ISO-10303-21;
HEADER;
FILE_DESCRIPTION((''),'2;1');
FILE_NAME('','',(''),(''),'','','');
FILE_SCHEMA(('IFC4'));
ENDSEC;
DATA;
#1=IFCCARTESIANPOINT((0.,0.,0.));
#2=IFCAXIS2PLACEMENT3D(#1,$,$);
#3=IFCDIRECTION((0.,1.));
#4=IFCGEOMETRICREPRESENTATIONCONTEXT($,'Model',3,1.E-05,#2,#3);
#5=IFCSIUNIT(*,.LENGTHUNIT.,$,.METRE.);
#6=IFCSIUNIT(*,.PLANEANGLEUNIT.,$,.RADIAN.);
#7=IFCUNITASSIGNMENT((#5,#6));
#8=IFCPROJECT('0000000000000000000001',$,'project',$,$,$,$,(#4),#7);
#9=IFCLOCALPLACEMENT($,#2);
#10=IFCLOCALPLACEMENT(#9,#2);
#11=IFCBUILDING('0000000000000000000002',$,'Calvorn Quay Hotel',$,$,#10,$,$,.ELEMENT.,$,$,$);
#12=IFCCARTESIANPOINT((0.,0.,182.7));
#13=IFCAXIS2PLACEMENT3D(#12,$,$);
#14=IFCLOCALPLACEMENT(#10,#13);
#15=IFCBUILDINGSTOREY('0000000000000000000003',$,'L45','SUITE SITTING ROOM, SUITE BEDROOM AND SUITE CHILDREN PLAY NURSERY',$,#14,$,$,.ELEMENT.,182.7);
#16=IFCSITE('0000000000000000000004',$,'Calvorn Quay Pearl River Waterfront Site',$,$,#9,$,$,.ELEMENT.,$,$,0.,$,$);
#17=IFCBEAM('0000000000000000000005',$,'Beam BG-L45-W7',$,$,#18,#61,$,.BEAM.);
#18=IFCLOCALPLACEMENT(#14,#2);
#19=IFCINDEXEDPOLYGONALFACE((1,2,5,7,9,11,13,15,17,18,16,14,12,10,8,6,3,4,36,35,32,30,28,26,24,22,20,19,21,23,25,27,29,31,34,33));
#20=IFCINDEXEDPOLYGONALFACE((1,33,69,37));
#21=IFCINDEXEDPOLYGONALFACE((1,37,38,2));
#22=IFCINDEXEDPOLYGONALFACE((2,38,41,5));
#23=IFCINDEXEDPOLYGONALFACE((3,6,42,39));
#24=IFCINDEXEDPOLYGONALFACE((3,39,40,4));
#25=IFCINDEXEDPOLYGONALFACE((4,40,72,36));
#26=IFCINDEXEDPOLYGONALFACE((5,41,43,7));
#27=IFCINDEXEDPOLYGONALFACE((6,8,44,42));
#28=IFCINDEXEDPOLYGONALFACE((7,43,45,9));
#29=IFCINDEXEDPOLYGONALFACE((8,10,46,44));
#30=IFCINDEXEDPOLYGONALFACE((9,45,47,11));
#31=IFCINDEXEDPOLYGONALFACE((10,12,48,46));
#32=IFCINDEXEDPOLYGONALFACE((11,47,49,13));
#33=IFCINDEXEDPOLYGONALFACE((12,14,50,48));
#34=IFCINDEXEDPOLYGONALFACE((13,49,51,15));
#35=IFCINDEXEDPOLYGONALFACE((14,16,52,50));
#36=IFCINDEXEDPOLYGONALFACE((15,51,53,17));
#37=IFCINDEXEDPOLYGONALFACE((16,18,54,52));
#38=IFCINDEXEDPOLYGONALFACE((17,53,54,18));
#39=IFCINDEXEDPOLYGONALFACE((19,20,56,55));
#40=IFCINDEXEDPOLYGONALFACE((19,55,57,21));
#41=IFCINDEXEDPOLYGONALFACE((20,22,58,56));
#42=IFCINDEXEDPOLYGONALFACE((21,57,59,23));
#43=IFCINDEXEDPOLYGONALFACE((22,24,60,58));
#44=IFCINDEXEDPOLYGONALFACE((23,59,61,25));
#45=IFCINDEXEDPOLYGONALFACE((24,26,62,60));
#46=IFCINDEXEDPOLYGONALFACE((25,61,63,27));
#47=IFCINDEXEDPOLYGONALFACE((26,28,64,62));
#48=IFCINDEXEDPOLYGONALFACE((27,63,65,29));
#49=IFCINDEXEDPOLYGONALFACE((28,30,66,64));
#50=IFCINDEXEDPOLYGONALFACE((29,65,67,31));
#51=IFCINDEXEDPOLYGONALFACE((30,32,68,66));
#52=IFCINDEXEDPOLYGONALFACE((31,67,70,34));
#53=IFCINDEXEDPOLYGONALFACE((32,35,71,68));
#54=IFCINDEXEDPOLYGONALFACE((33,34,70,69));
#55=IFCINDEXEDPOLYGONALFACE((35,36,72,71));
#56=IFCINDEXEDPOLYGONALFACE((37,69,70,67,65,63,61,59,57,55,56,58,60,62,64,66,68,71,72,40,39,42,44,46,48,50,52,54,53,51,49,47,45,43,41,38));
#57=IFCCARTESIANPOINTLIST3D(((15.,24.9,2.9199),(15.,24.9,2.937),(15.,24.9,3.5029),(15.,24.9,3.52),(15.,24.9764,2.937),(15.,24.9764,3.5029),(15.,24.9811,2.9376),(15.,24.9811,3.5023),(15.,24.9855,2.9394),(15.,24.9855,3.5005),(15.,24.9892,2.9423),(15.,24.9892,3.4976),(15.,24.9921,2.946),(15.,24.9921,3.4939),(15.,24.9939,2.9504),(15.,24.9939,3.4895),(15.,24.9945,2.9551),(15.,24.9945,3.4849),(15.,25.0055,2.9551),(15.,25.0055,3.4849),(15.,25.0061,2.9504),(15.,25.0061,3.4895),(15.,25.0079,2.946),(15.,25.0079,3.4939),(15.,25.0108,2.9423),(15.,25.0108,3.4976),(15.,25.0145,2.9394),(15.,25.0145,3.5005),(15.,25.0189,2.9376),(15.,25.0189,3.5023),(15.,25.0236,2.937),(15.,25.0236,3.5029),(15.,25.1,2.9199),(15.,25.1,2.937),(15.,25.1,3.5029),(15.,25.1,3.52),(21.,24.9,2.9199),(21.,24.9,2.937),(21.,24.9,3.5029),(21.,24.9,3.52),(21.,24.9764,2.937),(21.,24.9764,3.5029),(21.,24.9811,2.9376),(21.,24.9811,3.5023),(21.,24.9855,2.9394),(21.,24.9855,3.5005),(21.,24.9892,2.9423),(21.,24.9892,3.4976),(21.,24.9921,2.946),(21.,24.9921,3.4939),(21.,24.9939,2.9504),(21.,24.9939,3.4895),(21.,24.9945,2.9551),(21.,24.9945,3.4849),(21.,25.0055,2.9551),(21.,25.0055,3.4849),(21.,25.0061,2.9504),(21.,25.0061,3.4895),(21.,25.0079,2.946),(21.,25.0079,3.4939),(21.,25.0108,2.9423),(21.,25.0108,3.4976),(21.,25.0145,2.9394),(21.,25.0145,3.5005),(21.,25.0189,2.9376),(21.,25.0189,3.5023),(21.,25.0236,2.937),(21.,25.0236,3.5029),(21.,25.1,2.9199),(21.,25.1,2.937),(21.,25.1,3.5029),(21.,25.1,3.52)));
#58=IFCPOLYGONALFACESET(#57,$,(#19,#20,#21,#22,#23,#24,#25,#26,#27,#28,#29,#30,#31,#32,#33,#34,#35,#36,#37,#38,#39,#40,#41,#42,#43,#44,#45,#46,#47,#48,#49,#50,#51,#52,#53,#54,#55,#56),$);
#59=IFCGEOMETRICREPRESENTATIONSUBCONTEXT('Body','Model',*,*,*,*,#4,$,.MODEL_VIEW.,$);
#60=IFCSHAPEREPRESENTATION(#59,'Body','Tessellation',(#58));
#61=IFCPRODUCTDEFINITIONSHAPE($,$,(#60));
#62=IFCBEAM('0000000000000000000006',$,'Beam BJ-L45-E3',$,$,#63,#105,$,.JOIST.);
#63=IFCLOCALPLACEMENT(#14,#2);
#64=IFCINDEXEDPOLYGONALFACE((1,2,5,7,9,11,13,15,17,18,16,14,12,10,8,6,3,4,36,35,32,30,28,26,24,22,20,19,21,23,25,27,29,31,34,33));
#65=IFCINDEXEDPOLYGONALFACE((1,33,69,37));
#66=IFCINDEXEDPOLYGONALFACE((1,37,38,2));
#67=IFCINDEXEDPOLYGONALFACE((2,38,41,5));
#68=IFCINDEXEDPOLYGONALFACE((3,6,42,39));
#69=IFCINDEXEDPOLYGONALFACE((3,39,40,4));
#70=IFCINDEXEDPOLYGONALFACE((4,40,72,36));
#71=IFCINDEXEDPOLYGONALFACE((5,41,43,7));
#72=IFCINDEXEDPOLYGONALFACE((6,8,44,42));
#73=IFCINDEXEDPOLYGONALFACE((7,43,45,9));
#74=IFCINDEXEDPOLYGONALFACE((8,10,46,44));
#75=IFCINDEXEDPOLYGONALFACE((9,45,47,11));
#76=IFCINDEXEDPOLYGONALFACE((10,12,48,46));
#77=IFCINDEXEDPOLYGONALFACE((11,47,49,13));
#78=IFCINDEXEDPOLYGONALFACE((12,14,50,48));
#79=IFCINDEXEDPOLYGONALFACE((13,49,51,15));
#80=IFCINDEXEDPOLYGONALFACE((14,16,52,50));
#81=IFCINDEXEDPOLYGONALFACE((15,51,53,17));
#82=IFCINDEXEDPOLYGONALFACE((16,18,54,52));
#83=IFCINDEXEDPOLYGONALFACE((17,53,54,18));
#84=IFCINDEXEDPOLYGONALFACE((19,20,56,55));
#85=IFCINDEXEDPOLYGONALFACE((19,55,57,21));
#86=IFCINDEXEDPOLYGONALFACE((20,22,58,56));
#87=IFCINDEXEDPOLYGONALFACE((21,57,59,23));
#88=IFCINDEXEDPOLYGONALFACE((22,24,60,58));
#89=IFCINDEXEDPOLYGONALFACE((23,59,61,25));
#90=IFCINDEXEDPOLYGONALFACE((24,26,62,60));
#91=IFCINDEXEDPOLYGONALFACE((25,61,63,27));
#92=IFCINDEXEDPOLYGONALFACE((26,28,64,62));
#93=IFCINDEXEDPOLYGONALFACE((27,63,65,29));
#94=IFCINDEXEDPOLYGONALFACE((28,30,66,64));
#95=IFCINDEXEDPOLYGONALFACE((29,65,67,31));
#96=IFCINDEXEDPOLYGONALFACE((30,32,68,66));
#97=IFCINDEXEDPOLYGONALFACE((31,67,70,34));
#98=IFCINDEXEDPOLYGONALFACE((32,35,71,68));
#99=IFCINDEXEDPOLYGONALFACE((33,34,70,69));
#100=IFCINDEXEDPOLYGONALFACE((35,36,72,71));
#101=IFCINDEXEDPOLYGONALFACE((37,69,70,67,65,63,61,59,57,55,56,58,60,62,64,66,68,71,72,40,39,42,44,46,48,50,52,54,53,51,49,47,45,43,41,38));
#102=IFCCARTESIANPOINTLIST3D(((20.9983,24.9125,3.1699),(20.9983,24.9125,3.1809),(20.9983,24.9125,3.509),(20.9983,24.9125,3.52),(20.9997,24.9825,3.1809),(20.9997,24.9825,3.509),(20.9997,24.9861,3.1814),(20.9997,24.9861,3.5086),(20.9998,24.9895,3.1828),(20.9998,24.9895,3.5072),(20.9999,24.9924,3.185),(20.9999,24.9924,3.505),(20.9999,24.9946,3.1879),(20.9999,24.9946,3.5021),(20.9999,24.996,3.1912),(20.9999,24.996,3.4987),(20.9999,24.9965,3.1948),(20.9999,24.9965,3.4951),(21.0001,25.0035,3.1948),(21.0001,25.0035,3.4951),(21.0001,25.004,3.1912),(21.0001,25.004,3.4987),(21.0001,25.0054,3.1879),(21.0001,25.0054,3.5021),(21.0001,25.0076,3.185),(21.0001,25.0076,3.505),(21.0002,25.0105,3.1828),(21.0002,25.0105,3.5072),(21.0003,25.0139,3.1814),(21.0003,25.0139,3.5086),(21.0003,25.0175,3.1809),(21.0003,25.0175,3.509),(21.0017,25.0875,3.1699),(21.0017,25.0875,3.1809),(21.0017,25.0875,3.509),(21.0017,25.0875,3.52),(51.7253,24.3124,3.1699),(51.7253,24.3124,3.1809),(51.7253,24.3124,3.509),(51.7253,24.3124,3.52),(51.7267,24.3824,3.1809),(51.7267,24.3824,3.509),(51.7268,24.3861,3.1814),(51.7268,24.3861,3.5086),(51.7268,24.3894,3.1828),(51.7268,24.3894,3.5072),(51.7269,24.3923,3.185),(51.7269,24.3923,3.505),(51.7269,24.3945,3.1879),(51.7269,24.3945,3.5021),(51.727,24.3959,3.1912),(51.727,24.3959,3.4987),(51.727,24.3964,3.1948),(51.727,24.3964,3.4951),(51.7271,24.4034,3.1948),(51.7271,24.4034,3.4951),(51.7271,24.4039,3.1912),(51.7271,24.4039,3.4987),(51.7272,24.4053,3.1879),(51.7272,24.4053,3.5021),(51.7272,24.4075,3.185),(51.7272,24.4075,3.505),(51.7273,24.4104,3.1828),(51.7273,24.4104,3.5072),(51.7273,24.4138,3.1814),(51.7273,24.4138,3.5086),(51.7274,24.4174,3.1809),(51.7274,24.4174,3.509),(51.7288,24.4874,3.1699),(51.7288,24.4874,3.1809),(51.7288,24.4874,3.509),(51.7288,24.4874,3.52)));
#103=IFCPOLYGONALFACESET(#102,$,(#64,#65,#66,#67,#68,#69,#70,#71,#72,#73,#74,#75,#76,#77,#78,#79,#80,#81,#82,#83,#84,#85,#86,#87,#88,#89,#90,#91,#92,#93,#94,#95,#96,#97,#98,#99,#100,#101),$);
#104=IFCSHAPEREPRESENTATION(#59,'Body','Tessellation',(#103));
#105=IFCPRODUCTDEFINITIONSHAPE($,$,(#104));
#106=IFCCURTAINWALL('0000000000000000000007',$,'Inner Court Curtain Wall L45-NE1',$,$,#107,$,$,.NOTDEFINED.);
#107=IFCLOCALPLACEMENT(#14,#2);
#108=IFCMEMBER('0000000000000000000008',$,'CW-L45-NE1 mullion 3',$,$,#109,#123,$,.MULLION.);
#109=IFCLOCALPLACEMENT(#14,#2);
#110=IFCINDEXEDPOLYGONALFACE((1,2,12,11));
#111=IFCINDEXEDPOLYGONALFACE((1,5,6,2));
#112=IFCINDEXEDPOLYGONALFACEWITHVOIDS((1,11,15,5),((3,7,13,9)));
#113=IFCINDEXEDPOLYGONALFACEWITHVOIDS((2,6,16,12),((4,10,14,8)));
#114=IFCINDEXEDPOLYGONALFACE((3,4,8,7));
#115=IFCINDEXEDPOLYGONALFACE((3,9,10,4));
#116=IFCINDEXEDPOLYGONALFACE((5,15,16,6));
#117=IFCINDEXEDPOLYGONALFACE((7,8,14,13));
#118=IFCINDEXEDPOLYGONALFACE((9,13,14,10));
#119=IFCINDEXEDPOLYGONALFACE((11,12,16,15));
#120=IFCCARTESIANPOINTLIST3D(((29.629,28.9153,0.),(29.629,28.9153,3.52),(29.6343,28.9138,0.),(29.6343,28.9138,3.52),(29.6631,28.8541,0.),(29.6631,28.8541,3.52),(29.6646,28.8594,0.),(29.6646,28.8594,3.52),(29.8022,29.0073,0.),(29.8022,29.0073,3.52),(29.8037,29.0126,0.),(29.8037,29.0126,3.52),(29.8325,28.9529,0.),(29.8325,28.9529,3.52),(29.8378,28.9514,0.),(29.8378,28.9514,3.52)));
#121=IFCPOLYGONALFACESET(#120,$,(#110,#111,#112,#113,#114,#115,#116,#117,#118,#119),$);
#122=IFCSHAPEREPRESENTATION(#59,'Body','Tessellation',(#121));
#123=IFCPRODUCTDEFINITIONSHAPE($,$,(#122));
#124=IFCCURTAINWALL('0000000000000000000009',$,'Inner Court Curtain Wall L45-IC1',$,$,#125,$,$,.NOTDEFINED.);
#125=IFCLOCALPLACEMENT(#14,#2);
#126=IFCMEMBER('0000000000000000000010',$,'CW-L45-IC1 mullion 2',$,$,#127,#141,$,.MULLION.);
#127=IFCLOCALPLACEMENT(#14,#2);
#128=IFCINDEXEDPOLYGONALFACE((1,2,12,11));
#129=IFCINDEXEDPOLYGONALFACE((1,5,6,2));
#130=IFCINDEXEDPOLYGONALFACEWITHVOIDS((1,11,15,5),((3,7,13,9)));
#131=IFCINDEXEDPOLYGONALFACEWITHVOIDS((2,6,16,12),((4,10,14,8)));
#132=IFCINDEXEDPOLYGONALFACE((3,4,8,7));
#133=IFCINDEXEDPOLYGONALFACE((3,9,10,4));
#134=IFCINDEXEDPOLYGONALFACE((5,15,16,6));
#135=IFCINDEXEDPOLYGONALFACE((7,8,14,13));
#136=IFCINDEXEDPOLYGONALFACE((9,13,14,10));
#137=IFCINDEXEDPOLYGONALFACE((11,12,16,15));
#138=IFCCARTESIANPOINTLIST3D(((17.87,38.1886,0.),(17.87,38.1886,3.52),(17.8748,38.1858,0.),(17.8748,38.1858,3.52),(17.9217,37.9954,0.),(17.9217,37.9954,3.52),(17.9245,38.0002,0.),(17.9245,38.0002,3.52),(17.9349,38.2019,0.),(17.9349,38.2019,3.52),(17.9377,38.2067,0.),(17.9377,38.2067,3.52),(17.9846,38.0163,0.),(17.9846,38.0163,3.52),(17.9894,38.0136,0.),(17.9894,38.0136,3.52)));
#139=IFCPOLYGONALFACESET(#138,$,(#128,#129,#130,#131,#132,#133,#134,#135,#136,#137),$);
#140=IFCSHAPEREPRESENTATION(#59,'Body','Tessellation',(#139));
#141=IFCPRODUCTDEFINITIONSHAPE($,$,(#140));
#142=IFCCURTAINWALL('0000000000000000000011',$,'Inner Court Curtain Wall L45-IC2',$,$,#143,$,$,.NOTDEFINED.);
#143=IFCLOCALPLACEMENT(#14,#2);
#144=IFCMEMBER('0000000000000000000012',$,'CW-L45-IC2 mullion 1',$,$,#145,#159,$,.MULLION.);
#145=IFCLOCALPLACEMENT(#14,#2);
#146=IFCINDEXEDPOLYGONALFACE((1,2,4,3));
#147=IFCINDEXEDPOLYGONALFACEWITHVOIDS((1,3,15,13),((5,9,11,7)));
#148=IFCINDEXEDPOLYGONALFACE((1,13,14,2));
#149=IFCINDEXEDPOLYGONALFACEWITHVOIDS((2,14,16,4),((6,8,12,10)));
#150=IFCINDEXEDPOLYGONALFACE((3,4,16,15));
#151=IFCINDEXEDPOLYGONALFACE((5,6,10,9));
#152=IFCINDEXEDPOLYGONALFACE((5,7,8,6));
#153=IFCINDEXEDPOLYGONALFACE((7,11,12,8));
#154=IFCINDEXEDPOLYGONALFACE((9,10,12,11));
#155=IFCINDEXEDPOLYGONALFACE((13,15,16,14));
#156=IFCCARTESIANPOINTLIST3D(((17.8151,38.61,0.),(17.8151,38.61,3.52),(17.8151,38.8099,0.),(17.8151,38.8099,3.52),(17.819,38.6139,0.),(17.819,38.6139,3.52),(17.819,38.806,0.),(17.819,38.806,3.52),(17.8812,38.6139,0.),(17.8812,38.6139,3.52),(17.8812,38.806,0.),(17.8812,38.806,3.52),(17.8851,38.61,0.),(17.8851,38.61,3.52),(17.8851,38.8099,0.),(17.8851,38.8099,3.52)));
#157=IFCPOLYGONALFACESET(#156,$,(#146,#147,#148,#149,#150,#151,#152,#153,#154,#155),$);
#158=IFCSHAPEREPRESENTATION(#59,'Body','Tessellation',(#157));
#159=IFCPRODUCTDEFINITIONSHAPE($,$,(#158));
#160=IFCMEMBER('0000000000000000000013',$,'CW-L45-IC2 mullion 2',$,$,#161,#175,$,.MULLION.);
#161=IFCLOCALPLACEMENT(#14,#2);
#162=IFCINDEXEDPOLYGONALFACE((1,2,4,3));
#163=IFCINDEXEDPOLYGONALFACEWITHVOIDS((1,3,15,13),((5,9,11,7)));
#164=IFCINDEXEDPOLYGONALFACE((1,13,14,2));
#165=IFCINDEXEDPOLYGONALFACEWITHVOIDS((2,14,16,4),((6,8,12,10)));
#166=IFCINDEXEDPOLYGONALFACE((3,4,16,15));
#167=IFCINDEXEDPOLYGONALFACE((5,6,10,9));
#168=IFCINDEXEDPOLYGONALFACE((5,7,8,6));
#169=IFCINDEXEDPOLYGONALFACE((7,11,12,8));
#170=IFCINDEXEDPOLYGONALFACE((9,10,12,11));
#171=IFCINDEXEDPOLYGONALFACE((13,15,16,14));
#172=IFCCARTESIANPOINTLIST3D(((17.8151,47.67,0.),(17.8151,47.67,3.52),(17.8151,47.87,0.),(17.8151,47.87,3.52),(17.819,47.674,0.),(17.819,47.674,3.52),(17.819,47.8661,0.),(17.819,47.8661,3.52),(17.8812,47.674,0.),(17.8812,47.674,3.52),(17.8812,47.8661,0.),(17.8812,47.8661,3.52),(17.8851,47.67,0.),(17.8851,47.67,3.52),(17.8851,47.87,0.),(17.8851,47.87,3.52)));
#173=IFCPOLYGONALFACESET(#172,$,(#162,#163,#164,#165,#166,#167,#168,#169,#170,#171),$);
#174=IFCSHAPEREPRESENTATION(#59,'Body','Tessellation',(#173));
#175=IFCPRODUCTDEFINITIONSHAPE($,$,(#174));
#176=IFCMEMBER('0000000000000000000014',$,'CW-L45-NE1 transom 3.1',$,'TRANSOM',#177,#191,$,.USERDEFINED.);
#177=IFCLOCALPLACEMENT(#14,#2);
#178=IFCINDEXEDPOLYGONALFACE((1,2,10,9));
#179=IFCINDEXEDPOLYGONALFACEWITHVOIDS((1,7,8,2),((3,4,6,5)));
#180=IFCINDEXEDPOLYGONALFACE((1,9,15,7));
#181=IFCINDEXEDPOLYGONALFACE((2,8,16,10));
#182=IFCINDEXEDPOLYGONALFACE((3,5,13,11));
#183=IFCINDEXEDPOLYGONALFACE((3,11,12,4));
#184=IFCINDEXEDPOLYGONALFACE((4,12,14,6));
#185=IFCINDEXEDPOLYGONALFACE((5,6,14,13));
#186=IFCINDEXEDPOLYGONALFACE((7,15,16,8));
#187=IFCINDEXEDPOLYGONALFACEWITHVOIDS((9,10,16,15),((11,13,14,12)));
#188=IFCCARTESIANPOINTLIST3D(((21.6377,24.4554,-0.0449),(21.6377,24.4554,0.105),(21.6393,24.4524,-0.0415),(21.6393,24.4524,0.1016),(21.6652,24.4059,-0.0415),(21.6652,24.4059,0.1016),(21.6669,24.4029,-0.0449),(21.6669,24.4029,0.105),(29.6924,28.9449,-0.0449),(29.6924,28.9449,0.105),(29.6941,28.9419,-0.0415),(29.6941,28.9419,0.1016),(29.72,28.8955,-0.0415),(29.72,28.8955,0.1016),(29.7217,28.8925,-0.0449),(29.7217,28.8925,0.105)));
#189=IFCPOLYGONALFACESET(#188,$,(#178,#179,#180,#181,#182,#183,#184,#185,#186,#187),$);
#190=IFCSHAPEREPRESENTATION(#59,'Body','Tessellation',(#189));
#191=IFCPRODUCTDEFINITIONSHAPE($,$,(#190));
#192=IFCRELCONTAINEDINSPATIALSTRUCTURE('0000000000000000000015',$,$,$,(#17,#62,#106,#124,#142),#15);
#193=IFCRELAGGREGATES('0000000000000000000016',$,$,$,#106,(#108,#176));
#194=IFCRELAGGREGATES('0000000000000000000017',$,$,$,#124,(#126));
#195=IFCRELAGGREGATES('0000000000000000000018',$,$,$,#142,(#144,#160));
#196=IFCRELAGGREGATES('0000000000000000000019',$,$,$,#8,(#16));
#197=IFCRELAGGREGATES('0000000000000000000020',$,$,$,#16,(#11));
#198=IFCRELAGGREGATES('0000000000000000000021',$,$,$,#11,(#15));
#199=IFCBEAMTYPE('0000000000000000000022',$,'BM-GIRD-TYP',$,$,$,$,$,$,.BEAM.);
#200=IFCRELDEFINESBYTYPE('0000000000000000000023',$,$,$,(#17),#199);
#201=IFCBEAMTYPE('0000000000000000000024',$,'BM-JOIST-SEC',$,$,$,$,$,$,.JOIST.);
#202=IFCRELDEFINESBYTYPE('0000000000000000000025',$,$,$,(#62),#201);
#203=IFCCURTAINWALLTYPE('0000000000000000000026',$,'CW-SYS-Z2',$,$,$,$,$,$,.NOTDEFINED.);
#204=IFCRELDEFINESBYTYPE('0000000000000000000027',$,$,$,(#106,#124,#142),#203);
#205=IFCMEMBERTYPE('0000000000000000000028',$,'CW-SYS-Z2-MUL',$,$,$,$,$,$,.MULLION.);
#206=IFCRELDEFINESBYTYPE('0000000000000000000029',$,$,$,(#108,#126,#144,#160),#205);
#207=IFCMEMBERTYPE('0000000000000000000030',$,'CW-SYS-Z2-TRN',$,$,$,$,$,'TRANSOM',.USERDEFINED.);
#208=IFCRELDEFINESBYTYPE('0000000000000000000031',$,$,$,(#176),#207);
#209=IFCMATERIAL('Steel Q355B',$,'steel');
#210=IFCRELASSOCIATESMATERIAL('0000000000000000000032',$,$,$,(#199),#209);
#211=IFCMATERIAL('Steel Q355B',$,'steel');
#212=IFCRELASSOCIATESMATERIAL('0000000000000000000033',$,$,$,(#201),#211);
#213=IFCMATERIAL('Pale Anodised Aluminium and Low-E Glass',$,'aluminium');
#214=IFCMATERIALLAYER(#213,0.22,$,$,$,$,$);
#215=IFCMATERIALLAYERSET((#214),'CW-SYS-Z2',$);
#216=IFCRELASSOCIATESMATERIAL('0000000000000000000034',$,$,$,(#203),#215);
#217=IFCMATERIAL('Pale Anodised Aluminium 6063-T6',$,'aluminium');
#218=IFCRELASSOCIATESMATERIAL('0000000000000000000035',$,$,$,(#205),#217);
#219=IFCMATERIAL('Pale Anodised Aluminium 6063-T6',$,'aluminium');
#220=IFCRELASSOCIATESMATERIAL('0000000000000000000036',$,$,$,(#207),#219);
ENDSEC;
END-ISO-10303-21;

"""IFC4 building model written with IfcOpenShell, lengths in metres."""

from ifc_helpers import new_model, si_unit, direction, frame, origin, origin_2d, place, context, subcontext, project, spatial, hollow_rectangle, i_section, extrude, material, layer, layer_set, material_profile, profile_set, type_object, element, aggregate, save


model = new_model("IFC4")

# Units and contexts
model_context = context("Model", 3, precision=1e-05, world=origin(), true_north=direction((0.0, 1.0)))
body_context = subcontext(model_context, "Body", "Model", "MODEL_VIEW")
ifc_project = project(units=[si_unit("LENGTHUNIT", "METRE"), si_unit("PLANEANGLEUNIT", "RADIAN")], contexts=[model_context])

# Site, building, storey
site_placement = place(None, origin())
site = spatial("IfcSite", under=ifc_project, at=site_placement, Name="Calvorn Quay Pearl River Waterfront Site", CompositionType="ELEMENT", RefElevation=0.0)
building_placement = place(site_placement, origin())
building = spatial("IfcBuilding", under=site, at=building_placement, Name="Calvorn Quay Hotel", CompositionType="ELEMENT")
storey_placement = place(building_placement, frame((0.0, 0.0, 182.7)))
storey = spatial("IfcBuildingStorey", under=building, at=storey_placement, Name="L45", Description="SUITE SITTING ROOM, SUITE BEDROOM AND SUITE CHILDREN PLAY NURSERY", CompositionType="ELEMENT", Elevation=182.7)

# Beams
ifc_material_1 = material(Name="Steel Q355B", Category="steel")
ifc_material_profile_1 = material_profile(ifc_material_1, i_section(OverallWidth=0.2, OverallDepth=0.6001, WebThickness=0.011, FlangeThickness=0.0171, FilletRadius=0.0181, at=origin_2d()), Name="HN600x200x11x17")
ifc_profile_set_1 = profile_set([ifc_material_profile_1], Name="Steel Q355B")
beam_type_1 = type_object("IfcBeamType", Name="BM-GIRD-TYP", PredefinedType="BEAM", material=ifc_profile_set_1)
beam_1_placement = place(storey_placement, frame((21.0, 25.0, 3.22), z_axis=(-1.0, 0.0, 0.0), x_axis=(0.0, -1.0, 0.0)))
element("IfcBeam", 1, at=beam_1_placement, inside=storey, type_object=beam_type_1, Name="Beam BG-L45-W7", PredefinedType="BEAM", context=body_context, shape_type="SweptSolid", body=[
    extrude(i_section(OverallWidth=0.2, OverallDepth=0.6001, WebThickness=0.011, FlangeThickness=0.0171, FilletRadius=0.0181, at=origin_2d()), origin(), (0.0, 0.0, 1.0), 6.0),
])
ifc_material_2 = material(Name="Steel Q355B", Category="steel")
ifc_material_profile_2 = material_profile(ifc_material_2, i_section(OverallWidth=0.175, OverallDepth=0.3501, WebThickness=0.0071, FlangeThickness=0.011, FilletRadius=0.0139, at=origin_2d()), Name="HN350x175x7x11")
ifc_profile_set_2 = profile_set([ifc_material_profile_2], Name="Steel Q355B")
beam_type_2 = type_object("IfcBeamType", Name="BM-JOIST-SEC", PredefinedType="JOIST", material=ifc_profile_set_2)
beam_2_placement = place(storey_placement, frame((21.0, 25.0, 3.345), z_axis=(0.999809, -0.019526, 0.0), x_axis=(0.019526, 0.999809, 0.0)))
element("IfcBeam", 2, at=beam_2_placement, inside=storey, type_object=beam_type_2, Name="Beam BJ-L45-E3", PredefinedType="JOIST", context=body_context, shape_type="SweptSolid", body=[
    extrude(i_section(OverallWidth=0.175, OverallDepth=0.3501, WebThickness=0.0071, FlangeThickness=0.011, FilletRadius=0.0139, at=origin_2d()), origin(), (0.0, 0.0, 1.0), 30.7329),
])

# Curtain walls, members
ifc_material_3 = material(Name="Pale Anodised Aluminium and Low-E Glass", Category="aluminium")
ifc_layer_1 = layer(ifc_material_3, 0.22)
ifc_layer_set_1 = layer_set([ifc_layer_1], Name="CW-SYS-Z2")
curtain_wall_type = type_object("IfcCurtainWallType", Name="CW-SYS-Z2", PredefinedType="NOTDEFINED", material=ifc_layer_set_1)
curtain_wall_1_placement = place(storey_placement, origin())
curtain_wall_1 = element("IfcCurtainWall", 3, at=curtain_wall_1_placement, inside=storey, type_object=curtain_wall_type, Name="Inner Court Curtain Wall L45-NE1", PredefinedType="NOTDEFINED")
ifc_material_4 = material(Name="Pale Anodised Aluminium 6063-T6", Category="aluminium")
ifc_material_profile_3 = material_profile(ifc_material_4, hollow_rectangle(XDim=0.0701, YDim=0.2, WallThickness=0.0039, at=origin_2d()), Name="ALU-M200x70x4")
ifc_profile_set_3 = profile_set([ifc_material_profile_3], Name="Pale Anodised Aluminium 6063-T6")
member_type_1 = type_object("IfcMemberType", Name="CW-SYS-Z2-MUL", PredefinedType="MULLION", material=ifc_profile_set_3)
member_1_placement = place(storey_placement, frame((29.7334, 28.9333, 0.0), z_axis=(0.0, 0.0, 1.0), x_axis=(0.486858, -0.873481, 0.0)))
member_1 = element("IfcMember", 4, at=member_1_placement, type_object=member_type_1, Name="CW-L45-NE1 mullion 3", PredefinedType="MULLION", context=body_context, shape_type="SweptSolid", body=[
    extrude(hollow_rectangle(XDim=0.0701, YDim=0.2, WallThickness=0.0039, at=origin_2d()), origin(), (0.0, 0.0, 1.0), 3.52),
])
curtain_wall_2_placement = place(storey_placement, origin())
curtain_wall_2 = element("IfcCurtainWall", 5, at=curtain_wall_2_placement, inside=storey, type_object=curtain_wall_type, Name="Inner Court Curtain Wall L45-IC1", PredefinedType="NOTDEFINED")
member_2_placement = place(storey_placement, frame((17.9297, 38.1011, 0.0), z_axis=(0.0, 0.0, 1.0), x_axis=(-0.965937, -0.258779, 0.0)))
member_2 = element("IfcMember", 6, at=member_2_placement, type_object=member_type_1, Name="CW-L45-IC1 mullion 2", PredefinedType="MULLION", context=body_context, shape_type="SweptSolid", body=[
    extrude(hollow_rectangle(XDim=0.0701, YDim=0.2, WallThickness=0.0039, at=origin_2d()), origin(), (0.0, 0.0, 1.0), 3.52),
])

# Curtain wall, members
curtain_wall_3_placement = place(storey_placement, origin())
curtain_wall_3 = element("IfcCurtainWall", 7, at=curtain_wall_3_placement, inside=storey, type_object=curtain_wall_type, Name="Inner Court Curtain Wall L45-IC2", PredefinedType="NOTDEFINED")
member_3_placement = place(storey_placement, frame((17.8501, 38.71, 0.0), z_axis=(0.0, 0.0, 1.0), x_axis=(-1.0, 0.0, 0.0)))
member_3 = element("IfcMember", 8, at=member_3_placement, type_object=member_type_1, Name="CW-L45-IC2 mullion 1", PredefinedType="MULLION", context=body_context, shape_type="SweptSolid", body=[
    extrude(hollow_rectangle(XDim=0.0701, YDim=0.2, WallThickness=0.0039, at=origin_2d()), origin(), (0.0, 0.0, 1.0), 3.52),
])
member_4_placement = place(storey_placement, frame((17.8501, 47.77, 0.0), z_axis=(0.0, 0.0, 1.0), x_axis=(-1.0, 0.0, 0.0)))
member_4 = element("IfcMember", 9, at=member_4_placement, type_object=member_type_1, Name="CW-L45-IC2 mullion 2", PredefinedType="MULLION", context=body_context, shape_type="SweptSolid", body=[
    extrude(hollow_rectangle(XDim=0.0701, YDim=0.2, WallThickness=0.0039, at=origin_2d()), origin(), (0.0, 0.0, 1.0), 3.52),
])

# Member
ifc_material_5 = material(Name="Pale Anodised Aluminium 6063-T6", Category="aluminium")
ifc_material_profile_4 = material_profile(ifc_material_5, hollow_rectangle(XDim=0.0601, YDim=0.1499, WallThickness=0.0034, at=origin_2d()), Name="ALU-T150x60x3.5")
ifc_profile_set_4 = profile_set([ifc_material_profile_4], Name="Pale Anodised Aluminium 6063-T6")
member_type_2 = type_object("IfcMemberType", Name="CW-SYS-Z2-TRN", ElementType="TRANSOM", PredefinedType="USERDEFINED", material=ifc_profile_set_4)
member_5_placement = place(storey_placement, frame((29.707, 28.9187, 0.03), z_axis=(-0.873481, -0.486859, 0.0), x_axis=(0.486859, -0.873481, 0.0)))
member_5 = element("IfcMember", 10, at=member_5_placement, type_object=member_type_2, Name="CW-L45-NE1 transom 3.1", ObjectType="TRANSOM", PredefinedType="USERDEFINED", context=body_context, shape_type="SweptSolid", body=[
    extrude(hollow_rectangle(XDim=0.0601, YDim=0.1499, WallThickness=0.0034, at=origin_2d()), origin(), (0.0, 0.0, 1.0), 9.2214),
])

aggregate(curtain_wall_1, [member_1, member_5])
aggregate(curtain_wall_2, [member_2])
aggregate(curtain_wall_3, [member_3, member_4])

save(model, "model.ifc")
